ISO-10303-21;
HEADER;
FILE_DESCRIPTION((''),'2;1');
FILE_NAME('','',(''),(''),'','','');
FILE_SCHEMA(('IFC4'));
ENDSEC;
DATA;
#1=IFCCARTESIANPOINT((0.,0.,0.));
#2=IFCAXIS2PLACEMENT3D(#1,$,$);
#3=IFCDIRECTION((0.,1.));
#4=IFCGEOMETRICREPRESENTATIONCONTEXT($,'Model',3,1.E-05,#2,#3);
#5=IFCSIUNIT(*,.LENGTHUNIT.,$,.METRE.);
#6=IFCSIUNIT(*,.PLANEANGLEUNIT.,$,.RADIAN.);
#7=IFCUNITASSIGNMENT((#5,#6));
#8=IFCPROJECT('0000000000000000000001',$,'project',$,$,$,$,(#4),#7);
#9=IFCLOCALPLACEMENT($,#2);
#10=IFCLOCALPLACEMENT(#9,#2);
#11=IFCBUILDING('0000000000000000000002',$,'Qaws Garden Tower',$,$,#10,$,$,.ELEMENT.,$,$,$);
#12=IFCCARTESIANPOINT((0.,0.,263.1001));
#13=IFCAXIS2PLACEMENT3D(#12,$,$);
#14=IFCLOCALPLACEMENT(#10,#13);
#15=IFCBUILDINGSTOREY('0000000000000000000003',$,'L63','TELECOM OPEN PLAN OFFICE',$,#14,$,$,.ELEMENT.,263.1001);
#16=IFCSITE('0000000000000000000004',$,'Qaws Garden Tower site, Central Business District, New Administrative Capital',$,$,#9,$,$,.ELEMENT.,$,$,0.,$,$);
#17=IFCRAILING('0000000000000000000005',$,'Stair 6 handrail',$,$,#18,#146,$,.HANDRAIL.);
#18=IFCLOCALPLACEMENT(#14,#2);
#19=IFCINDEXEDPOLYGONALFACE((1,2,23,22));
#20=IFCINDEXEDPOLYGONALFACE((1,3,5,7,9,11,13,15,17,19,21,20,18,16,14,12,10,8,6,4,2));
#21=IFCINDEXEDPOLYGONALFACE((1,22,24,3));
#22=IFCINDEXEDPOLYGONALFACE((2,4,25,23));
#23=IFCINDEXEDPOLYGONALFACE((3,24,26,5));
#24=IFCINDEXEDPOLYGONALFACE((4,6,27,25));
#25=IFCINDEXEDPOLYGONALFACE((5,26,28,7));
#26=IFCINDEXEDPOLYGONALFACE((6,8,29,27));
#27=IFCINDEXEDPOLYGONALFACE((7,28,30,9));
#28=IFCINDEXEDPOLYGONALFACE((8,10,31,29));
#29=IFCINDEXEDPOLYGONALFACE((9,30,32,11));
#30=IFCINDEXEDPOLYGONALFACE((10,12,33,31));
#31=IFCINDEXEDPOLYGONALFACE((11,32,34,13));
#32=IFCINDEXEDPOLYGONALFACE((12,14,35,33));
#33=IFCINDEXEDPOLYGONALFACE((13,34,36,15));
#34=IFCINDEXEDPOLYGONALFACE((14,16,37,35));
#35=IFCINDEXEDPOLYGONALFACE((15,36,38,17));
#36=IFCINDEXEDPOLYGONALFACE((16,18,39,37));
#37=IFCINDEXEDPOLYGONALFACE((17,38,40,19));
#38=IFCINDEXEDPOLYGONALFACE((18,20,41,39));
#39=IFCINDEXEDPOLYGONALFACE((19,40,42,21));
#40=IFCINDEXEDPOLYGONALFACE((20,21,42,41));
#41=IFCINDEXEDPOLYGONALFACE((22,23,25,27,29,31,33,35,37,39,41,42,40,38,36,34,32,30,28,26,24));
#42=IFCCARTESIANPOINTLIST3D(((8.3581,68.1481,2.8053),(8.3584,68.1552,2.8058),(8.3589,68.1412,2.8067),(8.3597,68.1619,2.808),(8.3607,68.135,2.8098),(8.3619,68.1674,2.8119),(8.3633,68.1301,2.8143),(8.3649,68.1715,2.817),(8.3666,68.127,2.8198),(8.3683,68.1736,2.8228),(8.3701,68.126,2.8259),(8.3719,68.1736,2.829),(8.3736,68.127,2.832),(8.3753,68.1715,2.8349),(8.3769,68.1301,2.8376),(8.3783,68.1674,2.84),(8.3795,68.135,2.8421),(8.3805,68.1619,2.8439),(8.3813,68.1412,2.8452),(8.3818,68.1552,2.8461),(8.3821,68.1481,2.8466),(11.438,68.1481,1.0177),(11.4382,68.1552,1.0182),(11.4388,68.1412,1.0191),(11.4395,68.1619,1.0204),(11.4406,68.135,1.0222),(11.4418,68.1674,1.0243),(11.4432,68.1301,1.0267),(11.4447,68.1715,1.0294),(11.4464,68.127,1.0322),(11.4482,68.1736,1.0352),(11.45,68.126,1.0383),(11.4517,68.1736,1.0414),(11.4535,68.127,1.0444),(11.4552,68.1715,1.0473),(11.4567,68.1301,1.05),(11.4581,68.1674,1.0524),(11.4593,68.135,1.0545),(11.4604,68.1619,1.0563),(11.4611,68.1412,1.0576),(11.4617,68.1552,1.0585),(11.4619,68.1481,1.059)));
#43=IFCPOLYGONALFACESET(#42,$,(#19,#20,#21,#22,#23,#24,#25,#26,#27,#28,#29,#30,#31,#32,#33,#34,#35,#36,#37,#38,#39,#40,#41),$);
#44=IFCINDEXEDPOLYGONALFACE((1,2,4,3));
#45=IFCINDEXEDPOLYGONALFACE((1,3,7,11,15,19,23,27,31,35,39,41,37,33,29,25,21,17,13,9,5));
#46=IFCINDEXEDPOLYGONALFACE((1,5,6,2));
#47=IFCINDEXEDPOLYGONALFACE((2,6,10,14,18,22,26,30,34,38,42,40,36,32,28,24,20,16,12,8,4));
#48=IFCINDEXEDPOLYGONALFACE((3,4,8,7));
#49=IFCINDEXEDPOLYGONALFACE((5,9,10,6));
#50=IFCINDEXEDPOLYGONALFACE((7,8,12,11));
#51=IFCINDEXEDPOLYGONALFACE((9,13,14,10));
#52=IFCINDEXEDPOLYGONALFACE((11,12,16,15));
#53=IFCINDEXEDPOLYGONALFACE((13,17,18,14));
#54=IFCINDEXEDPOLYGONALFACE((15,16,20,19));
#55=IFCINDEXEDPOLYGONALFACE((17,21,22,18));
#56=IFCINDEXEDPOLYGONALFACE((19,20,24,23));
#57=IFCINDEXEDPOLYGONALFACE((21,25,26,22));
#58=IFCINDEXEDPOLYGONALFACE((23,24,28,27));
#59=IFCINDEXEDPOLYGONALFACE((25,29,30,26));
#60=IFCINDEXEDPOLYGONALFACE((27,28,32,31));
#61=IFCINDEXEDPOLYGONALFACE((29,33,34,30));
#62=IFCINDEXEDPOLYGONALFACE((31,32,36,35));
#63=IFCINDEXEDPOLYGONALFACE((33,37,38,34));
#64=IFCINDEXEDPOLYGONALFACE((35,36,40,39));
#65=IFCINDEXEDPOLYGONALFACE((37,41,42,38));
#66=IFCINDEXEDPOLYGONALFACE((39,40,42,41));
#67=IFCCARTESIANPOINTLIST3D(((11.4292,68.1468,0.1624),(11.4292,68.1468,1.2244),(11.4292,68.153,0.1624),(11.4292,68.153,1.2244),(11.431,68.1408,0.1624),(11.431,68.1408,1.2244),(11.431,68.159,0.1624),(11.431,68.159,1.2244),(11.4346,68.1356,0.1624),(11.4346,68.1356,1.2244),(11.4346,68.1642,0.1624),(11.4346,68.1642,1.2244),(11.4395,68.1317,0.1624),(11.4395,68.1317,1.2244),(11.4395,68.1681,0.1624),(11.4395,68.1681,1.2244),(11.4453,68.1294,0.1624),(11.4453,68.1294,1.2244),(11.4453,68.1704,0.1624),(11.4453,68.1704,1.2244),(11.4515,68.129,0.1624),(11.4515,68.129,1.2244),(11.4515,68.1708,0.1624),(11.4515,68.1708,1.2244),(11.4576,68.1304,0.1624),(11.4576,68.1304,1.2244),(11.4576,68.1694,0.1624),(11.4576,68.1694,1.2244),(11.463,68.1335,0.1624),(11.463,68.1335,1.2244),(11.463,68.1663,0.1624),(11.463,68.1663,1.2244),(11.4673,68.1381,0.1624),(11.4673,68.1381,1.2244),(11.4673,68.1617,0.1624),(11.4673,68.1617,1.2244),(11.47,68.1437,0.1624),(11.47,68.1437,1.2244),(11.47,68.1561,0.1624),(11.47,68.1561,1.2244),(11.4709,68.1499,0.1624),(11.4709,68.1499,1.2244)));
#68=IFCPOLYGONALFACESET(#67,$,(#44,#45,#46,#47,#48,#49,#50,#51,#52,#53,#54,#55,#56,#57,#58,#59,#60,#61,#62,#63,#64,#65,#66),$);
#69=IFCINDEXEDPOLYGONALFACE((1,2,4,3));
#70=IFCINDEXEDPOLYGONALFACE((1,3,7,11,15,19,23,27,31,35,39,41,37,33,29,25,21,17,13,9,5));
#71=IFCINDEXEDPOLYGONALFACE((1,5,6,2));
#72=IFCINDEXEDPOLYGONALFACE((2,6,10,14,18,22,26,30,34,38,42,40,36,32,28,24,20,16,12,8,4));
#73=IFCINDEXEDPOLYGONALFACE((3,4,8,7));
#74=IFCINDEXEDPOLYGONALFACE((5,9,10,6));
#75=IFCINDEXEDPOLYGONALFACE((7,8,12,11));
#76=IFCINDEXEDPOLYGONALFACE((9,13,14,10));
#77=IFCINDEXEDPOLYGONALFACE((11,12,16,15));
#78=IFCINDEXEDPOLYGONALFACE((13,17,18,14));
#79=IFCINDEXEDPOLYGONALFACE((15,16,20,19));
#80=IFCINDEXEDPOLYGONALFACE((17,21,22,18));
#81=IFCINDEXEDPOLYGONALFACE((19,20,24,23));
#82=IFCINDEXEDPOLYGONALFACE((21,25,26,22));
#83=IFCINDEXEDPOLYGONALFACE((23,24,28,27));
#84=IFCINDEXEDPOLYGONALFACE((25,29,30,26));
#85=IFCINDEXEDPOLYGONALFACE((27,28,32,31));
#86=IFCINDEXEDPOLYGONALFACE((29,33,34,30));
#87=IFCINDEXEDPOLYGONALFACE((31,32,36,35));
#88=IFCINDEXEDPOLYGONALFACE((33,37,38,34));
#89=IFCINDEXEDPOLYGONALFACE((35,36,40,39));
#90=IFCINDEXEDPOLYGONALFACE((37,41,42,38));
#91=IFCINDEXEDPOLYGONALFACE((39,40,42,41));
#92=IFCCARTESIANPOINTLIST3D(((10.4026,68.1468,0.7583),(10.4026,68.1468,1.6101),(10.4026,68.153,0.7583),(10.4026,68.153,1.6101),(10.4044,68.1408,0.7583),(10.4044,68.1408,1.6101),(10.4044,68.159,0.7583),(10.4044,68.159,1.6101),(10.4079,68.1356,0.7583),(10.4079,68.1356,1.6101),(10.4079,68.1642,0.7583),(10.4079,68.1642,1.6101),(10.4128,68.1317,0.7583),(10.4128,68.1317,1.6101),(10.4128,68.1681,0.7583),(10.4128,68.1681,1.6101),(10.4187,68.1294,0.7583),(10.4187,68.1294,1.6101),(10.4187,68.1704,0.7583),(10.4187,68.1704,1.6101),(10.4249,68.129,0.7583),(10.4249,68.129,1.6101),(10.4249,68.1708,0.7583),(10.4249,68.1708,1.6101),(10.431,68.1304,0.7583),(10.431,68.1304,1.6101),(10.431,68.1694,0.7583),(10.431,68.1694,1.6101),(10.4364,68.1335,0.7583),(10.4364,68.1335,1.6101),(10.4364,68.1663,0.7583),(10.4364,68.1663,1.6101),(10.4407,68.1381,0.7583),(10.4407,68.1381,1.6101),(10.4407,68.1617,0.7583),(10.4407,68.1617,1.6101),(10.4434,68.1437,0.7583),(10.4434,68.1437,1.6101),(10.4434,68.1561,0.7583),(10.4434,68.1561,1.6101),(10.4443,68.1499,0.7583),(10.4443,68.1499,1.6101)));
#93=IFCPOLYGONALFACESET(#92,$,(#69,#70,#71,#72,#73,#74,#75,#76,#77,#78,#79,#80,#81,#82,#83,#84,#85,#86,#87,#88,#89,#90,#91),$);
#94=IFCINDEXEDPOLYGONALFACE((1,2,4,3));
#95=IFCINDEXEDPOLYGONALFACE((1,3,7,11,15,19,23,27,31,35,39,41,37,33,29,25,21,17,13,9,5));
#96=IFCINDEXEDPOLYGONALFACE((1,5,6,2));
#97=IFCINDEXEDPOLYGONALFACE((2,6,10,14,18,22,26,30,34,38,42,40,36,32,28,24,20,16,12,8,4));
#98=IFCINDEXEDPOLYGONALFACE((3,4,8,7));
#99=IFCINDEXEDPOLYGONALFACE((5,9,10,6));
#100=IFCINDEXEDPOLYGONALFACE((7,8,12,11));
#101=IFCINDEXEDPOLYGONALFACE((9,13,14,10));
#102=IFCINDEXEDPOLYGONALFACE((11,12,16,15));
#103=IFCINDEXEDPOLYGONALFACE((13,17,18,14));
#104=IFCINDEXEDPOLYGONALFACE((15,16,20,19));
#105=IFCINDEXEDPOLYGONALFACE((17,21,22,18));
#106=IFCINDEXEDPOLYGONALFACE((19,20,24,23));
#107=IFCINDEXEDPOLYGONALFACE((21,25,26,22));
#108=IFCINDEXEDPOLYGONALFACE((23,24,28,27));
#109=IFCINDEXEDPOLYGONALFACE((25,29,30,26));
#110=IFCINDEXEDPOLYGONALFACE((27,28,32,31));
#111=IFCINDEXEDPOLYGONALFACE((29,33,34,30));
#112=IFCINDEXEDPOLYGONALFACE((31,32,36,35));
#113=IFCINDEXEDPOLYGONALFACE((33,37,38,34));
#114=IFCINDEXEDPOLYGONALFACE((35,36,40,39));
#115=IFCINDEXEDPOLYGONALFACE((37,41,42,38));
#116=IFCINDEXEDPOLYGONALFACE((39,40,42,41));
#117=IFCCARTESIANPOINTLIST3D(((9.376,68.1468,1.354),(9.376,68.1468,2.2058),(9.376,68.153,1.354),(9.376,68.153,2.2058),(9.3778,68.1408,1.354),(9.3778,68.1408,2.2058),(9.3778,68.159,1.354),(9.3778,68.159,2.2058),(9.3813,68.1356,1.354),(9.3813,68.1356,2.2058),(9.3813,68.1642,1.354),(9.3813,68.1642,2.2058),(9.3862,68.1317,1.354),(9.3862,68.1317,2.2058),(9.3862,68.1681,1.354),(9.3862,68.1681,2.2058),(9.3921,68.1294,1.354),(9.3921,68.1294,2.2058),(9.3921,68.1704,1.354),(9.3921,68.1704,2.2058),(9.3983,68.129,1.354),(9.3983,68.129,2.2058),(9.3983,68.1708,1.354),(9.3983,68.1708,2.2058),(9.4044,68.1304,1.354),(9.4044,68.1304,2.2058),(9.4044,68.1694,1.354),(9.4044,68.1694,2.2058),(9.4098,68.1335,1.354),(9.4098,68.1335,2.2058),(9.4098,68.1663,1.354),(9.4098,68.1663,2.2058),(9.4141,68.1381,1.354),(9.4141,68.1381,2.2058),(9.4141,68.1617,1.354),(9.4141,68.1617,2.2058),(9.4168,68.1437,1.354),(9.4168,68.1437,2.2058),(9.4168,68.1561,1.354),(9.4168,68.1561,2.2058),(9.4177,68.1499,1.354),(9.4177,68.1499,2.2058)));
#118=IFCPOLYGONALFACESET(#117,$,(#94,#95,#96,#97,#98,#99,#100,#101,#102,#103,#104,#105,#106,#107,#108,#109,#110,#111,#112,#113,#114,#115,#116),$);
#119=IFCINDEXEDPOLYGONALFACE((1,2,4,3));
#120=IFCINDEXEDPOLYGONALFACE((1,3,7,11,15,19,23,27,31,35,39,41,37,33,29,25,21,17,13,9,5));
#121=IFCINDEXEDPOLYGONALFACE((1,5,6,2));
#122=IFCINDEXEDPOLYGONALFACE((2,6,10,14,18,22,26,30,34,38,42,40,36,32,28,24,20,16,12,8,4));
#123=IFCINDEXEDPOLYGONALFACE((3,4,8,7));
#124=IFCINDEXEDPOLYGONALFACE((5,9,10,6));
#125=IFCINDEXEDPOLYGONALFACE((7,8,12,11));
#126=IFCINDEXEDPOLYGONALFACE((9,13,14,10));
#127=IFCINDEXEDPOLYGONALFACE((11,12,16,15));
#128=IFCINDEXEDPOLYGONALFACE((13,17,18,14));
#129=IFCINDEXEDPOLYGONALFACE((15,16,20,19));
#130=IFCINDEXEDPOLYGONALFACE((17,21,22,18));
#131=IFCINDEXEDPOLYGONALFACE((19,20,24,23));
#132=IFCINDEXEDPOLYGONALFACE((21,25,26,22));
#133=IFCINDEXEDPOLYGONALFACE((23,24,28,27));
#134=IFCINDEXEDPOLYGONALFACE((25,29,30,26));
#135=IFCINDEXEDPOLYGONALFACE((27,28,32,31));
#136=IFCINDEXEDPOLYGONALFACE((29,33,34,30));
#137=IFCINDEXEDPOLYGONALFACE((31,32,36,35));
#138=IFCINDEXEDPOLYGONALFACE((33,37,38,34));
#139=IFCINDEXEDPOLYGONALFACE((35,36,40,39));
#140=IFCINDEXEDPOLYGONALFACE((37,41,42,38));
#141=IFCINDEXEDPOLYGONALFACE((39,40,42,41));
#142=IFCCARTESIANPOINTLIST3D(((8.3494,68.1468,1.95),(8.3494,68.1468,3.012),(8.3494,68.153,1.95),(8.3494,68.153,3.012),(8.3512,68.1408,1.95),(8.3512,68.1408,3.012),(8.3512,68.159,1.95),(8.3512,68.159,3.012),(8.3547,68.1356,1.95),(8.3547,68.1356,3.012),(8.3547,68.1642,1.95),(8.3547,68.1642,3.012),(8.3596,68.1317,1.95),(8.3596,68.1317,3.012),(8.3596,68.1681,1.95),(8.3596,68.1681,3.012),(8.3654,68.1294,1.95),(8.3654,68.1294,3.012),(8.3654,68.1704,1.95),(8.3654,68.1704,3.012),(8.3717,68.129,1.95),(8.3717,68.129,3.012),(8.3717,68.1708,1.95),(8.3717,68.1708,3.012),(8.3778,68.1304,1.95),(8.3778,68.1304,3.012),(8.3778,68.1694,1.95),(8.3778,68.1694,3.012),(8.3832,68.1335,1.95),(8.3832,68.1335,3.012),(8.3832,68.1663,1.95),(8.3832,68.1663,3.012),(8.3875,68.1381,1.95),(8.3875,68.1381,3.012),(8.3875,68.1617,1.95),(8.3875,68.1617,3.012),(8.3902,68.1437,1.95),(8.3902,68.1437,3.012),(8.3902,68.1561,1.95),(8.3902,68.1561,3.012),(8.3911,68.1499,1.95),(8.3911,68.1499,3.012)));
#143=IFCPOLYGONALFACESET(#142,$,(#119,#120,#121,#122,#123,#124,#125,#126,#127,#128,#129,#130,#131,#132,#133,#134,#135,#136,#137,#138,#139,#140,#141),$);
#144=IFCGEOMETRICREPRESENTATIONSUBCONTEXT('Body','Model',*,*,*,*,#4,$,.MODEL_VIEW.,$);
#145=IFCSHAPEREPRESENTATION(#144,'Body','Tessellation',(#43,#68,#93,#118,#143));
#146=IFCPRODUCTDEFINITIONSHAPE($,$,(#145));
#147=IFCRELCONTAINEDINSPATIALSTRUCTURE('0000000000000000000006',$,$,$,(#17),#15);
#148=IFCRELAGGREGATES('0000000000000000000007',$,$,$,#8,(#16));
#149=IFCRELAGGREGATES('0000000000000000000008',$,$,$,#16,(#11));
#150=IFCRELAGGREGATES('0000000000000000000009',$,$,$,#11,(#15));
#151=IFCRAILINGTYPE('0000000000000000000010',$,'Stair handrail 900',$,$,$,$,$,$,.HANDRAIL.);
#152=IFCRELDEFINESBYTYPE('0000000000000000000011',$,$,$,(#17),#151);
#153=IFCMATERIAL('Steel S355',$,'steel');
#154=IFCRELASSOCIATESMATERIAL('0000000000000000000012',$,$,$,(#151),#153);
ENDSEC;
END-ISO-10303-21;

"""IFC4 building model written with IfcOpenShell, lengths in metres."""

from ifc_helpers import new_model, si_unit, direction, frame, origin, origin_2d, place, context, subcontext, project, spatial, circle, extrude, material, type_object, element, save


model = new_model("IFC4")

# Units and contexts
model_context = context("Model", 3, precision=1e-05, world=origin(), true_north=direction((0.0, 1.0)))
body_context = subcontext(model_context, "Body", "Model", "MODEL_VIEW")
ifc_project = project(units=[si_unit("LENGTHUNIT", "METRE"), si_unit("PLANEANGLEUNIT", "RADIAN")], contexts=[model_context])

# Site, building, storey
site_placement = place(None, origin())
site = spatial("IfcSite", under=ifc_project, at=site_placement, Name="Qaws Garden Tower site, Central Business District, New Administrative Capital", CompositionType="ELEMENT", RefElevation=0.0)
building_placement = place(site_placement, origin())
building = spatial("IfcBuilding", under=site, at=building_placement, Name="Qaws Garden Tower", CompositionType="ELEMENT")
storey_placement = place(building_placement, frame((0.0, 0.0, 263.1001)))
storey = spatial("IfcBuildingStorey", under=building, at=storey_placement, Name="L63", Description="TELECOM OPEN PLAN OFFICE", CompositionType="ELEMENT", Elevation=263.1001)

# Railing
ifc_material_1 = material(Name="Steel S355", Category="steel")
railing_type = type_object("IfcRailingType", Name="Stair handrail 900", PredefinedType="HANDRAIL", material=ifc_material_1)
railing_1_placement = place(storey_placement, frame((11.45, 68.1499, 0.1624)))
element("IfcRailing", 1, at=railing_1_placement, inside=storey, type_object=railing_type, Name="Stair 6 handrail", PredefinedType="HANDRAIL", context=body_context, shape_type="SweptSolid", body=[
    extrude(circle(Radius=0.0239, at=origin_2d()), frame((0.0, 0.0, 0.876), z_axis=(-0.864873, 0.0, 0.50199), x_axis=(0.0, -1.0, 0.0)), (0.0, 0.0, 1.0), 3.561),
    extrude(circle(Radius=0.021, at=origin_2d()), origin(), (0.0, 0.0, 1.0), 1.062),
    extrude(circle(Radius=0.021, at=origin_2d()), frame((-1.0266, 0.0, 0.5959)), (0.0, 0.0, 1.0), 0.8518),
    extrude(circle(Radius=0.021, at=origin_2d()), frame((-2.0532, 0.0, 1.1917)), (0.0, 0.0, 1.0), 0.8518),
    extrude(circle(Radius=0.021, at=origin_2d()), frame((-3.0798, 0.0, 1.7876)), (0.0, 0.0, 1.0), 1.062),
])

save(model, "model.ifc")
